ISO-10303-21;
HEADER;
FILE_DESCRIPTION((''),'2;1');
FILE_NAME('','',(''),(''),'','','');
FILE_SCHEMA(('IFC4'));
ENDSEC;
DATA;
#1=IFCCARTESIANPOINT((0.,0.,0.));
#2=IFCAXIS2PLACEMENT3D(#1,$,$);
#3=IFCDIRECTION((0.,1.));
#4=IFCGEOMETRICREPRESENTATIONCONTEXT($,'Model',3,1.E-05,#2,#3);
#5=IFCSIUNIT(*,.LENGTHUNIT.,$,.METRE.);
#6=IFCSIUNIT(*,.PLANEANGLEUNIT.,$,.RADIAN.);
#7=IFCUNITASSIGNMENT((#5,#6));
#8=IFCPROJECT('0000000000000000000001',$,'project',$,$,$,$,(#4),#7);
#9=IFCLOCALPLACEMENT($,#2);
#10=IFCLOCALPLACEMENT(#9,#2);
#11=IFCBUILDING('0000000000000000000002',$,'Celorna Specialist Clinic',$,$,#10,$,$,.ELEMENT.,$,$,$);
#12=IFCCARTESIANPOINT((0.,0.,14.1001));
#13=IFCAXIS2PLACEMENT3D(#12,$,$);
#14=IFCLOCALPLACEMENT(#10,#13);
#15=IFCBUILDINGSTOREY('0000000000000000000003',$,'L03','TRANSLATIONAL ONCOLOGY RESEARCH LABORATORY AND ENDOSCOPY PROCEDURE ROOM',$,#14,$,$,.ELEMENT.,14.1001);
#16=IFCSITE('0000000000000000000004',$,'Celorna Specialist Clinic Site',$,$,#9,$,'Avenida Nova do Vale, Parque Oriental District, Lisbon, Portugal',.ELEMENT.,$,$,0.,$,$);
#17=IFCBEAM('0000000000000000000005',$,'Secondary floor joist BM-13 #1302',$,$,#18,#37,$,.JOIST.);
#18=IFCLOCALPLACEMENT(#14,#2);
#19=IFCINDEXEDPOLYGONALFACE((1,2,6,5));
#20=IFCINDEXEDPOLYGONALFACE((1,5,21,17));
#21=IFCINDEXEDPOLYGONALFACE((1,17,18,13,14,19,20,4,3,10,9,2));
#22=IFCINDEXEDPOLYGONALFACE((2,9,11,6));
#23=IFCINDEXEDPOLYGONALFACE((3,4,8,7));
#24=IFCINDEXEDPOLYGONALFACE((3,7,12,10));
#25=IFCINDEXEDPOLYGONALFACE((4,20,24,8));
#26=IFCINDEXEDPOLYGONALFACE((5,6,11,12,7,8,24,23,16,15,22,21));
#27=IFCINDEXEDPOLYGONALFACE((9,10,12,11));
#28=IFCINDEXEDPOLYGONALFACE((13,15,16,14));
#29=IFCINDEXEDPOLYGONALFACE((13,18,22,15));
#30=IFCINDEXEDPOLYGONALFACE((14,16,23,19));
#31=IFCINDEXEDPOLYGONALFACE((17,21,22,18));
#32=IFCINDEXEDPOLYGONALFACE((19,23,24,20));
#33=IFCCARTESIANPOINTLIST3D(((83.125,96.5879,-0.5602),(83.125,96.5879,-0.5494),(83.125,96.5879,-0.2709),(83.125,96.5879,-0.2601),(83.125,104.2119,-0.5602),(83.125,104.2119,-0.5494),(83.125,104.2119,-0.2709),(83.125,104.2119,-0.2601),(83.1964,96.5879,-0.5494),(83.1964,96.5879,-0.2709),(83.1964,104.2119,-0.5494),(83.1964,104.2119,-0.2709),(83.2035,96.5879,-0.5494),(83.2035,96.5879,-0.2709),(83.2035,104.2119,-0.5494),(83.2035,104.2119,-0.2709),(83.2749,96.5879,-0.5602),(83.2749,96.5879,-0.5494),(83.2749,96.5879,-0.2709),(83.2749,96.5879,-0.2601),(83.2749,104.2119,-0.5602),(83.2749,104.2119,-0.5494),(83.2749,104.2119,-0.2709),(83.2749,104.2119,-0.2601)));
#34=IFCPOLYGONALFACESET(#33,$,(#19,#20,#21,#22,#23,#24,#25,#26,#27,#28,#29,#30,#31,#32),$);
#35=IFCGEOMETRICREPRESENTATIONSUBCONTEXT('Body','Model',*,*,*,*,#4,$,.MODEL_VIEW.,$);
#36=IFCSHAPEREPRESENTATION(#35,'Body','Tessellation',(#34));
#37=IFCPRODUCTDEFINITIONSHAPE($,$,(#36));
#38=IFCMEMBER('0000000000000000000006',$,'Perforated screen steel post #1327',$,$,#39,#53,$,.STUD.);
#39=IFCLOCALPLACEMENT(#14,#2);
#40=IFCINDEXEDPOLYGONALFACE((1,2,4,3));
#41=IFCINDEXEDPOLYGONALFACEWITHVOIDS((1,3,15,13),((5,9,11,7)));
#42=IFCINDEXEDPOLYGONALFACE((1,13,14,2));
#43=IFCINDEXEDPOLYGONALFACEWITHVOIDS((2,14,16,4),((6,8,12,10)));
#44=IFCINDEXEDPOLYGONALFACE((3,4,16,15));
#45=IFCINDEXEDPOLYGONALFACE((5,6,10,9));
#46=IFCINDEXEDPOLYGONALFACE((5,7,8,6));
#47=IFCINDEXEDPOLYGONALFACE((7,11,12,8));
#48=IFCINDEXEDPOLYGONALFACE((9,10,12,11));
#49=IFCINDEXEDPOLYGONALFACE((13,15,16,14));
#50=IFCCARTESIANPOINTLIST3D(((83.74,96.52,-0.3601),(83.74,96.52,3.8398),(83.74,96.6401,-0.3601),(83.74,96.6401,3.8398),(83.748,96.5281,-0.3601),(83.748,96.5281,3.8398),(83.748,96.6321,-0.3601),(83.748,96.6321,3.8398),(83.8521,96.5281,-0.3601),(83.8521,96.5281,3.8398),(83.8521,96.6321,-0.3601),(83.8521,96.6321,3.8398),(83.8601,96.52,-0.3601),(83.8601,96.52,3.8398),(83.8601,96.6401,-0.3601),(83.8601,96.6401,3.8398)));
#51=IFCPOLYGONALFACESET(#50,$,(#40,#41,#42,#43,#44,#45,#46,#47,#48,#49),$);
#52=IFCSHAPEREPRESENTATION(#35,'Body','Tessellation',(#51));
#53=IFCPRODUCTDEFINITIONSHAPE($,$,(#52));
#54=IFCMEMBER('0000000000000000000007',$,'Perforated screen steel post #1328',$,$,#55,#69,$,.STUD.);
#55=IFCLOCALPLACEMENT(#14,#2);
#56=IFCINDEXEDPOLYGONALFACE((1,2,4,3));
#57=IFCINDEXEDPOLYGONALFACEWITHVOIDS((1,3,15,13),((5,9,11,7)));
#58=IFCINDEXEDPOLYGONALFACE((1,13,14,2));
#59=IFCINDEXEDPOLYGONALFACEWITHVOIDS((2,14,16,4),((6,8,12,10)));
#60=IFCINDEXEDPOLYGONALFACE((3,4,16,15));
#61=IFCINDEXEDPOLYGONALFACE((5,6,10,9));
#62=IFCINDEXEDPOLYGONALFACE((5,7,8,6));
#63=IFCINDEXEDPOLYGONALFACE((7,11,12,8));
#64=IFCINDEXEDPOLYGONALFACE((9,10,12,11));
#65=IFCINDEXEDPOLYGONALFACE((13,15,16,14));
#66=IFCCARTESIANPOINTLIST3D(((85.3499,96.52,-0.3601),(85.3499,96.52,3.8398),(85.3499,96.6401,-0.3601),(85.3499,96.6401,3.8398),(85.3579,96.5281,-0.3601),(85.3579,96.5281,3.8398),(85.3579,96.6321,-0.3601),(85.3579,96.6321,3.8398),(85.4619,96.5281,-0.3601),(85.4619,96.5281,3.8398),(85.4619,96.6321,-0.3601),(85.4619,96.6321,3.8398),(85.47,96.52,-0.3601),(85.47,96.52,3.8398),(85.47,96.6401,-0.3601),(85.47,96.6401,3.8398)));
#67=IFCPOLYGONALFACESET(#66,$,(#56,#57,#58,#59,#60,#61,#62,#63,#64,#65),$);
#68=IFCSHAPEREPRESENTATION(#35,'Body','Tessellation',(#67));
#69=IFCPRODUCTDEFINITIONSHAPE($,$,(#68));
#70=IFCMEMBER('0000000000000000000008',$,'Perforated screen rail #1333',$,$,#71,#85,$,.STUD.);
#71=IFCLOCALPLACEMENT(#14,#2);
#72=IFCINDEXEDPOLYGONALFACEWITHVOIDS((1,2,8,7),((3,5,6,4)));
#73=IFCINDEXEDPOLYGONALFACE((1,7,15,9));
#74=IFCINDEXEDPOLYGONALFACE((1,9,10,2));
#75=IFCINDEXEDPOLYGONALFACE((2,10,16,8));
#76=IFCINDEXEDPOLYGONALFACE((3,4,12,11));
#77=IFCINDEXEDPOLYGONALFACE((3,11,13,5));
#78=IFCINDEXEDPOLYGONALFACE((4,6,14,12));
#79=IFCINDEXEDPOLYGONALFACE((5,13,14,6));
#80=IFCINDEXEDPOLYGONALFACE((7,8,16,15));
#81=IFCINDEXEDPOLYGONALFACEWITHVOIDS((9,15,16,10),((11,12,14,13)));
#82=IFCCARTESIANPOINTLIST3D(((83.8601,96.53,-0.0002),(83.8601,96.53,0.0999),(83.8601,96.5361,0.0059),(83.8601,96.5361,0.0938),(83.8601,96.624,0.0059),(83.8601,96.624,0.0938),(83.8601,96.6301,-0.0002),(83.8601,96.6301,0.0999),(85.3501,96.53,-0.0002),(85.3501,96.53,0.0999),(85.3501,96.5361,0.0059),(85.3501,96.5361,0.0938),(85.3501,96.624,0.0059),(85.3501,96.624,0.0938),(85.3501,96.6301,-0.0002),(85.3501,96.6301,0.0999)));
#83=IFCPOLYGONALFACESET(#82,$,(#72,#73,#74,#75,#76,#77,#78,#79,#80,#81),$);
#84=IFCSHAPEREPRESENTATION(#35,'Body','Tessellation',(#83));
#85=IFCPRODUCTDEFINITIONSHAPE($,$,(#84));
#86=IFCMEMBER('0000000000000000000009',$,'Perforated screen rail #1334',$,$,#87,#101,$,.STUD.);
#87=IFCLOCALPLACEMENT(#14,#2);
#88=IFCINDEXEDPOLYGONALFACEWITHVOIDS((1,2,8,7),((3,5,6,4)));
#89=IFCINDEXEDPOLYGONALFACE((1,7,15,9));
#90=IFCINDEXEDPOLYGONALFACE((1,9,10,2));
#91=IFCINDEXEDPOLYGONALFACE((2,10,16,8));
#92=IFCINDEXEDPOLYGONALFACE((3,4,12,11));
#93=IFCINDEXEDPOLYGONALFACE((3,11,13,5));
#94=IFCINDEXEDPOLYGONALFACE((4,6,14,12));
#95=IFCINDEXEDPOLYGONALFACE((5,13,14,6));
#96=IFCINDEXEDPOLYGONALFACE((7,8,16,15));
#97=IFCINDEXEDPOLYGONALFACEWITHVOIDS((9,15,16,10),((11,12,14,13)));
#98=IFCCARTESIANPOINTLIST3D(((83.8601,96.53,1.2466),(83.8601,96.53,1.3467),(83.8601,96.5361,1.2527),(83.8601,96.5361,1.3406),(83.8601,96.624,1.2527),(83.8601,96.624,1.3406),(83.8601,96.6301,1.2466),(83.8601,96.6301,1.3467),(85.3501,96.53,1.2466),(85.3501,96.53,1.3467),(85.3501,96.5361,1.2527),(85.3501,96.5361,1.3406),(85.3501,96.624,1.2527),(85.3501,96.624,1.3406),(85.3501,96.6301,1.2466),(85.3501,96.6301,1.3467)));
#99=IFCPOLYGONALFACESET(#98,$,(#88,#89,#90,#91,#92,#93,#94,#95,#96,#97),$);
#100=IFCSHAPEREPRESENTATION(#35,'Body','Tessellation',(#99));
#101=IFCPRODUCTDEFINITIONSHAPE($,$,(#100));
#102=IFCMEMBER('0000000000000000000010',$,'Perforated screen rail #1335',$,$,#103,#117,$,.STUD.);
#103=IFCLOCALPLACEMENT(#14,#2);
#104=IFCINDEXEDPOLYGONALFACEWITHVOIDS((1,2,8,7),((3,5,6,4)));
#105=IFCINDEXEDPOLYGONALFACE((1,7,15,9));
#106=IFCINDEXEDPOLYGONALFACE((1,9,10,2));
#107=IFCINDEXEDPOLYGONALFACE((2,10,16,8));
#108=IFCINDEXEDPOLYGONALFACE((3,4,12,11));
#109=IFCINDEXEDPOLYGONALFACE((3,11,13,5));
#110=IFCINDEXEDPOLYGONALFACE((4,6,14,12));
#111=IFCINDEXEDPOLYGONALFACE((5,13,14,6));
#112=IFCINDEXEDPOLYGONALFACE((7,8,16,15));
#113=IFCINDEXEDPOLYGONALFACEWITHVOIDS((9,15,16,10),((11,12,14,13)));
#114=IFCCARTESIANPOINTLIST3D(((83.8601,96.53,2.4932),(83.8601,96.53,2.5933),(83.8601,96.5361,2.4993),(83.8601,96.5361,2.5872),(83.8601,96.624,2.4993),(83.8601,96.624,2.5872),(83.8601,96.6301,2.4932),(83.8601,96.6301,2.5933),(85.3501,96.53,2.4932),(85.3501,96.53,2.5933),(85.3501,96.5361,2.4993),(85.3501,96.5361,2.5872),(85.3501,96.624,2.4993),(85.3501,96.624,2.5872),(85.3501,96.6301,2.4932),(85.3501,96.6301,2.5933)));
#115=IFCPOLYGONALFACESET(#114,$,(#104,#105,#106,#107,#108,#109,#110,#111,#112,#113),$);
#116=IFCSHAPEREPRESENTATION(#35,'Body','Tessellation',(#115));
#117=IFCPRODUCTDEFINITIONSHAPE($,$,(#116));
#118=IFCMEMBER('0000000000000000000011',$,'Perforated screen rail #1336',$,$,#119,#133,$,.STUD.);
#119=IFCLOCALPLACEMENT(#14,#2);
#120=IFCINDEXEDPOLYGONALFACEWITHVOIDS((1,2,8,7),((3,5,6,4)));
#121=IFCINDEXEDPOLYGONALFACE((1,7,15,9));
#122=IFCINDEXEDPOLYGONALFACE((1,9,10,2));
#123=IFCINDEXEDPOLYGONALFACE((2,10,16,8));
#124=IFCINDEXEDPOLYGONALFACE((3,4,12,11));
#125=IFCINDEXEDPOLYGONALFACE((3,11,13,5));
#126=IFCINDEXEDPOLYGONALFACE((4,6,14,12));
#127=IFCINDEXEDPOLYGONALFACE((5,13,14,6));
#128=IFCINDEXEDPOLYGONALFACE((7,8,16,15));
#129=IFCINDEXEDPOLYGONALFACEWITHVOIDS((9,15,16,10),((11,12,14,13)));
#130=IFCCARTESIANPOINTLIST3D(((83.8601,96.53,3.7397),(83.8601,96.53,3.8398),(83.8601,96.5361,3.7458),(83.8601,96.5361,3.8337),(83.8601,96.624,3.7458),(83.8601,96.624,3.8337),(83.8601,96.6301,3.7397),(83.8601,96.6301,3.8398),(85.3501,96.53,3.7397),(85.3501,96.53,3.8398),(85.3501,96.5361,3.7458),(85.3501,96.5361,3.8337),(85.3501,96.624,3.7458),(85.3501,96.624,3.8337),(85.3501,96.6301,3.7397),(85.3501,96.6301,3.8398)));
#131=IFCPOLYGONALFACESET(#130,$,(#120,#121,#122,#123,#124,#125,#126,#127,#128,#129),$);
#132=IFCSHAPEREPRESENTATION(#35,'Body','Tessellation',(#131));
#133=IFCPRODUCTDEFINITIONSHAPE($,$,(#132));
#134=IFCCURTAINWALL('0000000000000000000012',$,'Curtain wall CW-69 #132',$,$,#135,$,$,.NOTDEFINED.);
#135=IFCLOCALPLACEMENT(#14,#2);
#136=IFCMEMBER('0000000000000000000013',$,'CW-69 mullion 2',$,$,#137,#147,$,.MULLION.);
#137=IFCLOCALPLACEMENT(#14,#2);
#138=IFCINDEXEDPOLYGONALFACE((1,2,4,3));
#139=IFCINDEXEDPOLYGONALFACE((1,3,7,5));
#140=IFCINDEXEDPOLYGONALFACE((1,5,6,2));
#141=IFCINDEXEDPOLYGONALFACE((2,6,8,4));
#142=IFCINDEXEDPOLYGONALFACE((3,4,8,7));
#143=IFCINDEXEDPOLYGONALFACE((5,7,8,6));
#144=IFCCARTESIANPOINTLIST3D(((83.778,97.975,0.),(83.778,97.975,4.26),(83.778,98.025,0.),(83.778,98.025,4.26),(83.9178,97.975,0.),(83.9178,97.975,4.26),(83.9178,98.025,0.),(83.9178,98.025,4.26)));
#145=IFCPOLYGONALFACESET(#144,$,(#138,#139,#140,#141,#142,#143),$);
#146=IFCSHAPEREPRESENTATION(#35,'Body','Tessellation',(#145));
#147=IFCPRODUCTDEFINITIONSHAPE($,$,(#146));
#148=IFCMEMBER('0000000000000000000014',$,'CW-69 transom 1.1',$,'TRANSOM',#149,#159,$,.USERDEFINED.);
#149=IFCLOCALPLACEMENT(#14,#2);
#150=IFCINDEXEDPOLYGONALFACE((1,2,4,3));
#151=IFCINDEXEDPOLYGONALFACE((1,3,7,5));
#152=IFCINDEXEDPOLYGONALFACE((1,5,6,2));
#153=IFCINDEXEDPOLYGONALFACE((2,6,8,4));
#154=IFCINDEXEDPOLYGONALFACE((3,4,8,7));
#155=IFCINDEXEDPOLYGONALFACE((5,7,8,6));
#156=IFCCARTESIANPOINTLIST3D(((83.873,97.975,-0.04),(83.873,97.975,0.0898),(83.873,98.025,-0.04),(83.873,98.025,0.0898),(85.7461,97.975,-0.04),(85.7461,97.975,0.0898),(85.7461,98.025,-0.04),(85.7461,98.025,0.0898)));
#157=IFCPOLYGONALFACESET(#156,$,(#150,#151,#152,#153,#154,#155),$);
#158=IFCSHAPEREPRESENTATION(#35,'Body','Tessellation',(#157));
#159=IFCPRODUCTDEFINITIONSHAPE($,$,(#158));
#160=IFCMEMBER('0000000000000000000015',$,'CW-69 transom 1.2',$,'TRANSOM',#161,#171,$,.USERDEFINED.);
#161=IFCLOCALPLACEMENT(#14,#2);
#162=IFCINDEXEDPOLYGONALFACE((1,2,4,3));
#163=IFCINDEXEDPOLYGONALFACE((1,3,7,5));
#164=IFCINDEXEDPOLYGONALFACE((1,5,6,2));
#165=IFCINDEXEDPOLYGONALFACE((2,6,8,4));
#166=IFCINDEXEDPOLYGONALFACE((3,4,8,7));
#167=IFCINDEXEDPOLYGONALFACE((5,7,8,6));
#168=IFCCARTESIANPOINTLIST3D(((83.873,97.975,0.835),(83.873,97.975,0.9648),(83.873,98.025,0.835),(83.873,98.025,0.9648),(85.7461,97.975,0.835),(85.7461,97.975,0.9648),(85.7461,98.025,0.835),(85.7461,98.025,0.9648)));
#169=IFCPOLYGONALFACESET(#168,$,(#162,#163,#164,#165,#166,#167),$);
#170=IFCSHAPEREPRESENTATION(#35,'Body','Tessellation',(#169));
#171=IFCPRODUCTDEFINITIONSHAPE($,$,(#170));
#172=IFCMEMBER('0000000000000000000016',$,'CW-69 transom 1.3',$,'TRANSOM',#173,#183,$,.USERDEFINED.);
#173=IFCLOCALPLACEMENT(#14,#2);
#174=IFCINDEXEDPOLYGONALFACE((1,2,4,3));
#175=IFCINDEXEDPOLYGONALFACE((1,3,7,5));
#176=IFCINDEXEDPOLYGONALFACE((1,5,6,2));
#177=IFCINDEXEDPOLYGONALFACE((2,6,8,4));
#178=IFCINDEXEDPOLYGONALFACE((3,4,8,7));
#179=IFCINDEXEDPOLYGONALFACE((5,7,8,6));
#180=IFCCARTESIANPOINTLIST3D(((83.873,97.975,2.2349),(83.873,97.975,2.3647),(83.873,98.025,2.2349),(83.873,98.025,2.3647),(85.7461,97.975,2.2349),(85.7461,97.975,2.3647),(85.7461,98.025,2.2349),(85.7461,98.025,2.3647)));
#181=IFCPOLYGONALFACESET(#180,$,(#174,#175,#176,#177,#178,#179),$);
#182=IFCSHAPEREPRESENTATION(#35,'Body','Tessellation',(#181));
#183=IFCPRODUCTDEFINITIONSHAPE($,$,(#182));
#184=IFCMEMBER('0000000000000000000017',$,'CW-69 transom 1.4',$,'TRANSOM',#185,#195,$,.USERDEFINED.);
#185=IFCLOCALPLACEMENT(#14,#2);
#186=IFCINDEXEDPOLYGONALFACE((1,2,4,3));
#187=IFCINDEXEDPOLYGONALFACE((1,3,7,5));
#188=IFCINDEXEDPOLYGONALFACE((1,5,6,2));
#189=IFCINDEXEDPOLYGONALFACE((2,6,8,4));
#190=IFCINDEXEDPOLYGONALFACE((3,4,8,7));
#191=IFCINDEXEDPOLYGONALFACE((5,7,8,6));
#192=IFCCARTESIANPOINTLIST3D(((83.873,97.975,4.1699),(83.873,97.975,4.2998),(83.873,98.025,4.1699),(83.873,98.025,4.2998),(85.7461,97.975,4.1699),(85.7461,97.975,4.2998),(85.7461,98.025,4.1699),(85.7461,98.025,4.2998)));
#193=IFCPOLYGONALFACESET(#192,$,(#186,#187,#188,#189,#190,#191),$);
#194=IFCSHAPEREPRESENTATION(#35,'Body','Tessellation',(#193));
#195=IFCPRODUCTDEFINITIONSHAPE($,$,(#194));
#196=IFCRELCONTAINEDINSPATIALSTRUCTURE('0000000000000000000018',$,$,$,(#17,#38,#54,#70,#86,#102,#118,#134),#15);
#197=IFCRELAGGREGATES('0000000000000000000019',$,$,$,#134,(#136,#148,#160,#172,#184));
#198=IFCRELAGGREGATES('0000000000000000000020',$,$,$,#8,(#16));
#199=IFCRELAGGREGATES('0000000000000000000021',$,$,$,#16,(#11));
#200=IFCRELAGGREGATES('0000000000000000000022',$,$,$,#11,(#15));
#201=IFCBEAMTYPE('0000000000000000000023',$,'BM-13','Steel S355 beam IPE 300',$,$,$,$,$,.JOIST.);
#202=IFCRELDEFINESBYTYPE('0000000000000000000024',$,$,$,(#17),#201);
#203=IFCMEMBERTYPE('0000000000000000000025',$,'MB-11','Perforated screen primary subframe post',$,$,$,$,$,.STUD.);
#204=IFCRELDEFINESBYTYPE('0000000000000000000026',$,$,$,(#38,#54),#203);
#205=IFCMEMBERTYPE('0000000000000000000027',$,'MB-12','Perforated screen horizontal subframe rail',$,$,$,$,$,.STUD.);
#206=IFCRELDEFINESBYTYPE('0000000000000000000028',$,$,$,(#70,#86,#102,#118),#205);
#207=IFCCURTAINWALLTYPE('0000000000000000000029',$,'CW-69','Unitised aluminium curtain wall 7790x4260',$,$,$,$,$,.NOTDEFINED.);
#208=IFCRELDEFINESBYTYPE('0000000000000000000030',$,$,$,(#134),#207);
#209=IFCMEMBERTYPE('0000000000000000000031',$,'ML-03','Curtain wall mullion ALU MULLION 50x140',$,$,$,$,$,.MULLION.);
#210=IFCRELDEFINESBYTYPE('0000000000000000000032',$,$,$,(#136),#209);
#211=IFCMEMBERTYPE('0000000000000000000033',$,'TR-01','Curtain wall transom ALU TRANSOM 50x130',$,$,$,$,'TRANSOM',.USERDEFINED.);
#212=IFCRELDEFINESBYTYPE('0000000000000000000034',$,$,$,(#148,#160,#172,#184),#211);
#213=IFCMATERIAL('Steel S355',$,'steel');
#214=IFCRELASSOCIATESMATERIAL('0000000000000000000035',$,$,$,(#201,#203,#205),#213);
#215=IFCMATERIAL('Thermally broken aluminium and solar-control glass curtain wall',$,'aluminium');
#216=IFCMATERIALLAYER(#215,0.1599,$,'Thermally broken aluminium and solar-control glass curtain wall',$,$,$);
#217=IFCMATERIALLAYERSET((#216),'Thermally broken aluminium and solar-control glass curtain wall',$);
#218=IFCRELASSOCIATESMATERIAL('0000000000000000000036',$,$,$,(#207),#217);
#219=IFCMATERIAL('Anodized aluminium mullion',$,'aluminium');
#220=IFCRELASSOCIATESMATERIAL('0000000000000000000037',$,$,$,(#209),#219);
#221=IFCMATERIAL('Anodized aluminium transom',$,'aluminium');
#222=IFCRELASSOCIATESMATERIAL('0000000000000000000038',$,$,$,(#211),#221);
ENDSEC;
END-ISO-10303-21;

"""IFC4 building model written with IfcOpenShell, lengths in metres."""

from ifc_helpers import new_model, si_unit, direction, frame, origin, origin_2d, place, context, subcontext, project, spatial, rectangle, hollow_rectangle, i_section, extrude, material, layer, layer_set, material_profile, profile_set, type_object, element, aggregate, save


model = new_model("IFC4")

# Units and contexts
model_context = context("Model", 3, precision=1e-05, world=origin(), true_north=direction((0.0, 1.0)))
body_context = subcontext(model_context, "Body", "Model", "MODEL_VIEW")
ifc_project = project(units=[si_unit("LENGTHUNIT", "METRE"), si_unit("PLANEANGLEUNIT", "RADIAN")], contexts=[model_context])

# Site, building, storey
site_placement = place(None, origin())
site = spatial("IfcSite", under=ifc_project, at=site_placement, Name="Celorna Specialist Clinic Site", LongName="Avenida Nova do Vale, Parque Oriental District, Lisbon, Portugal", CompositionType="ELEMENT", RefElevation=0.0)
building_placement = place(site_placement, origin())
building = spatial("IfcBuilding", under=site, at=building_placement, Name="Celorna Specialist Clinic", CompositionType="ELEMENT")
storey_placement = place(building_placement, frame((0.0, 0.0, 14.1001)))
storey = spatial("IfcBuildingStorey", under=building, at=storey_placement, Name="L03", Description="TRANSLATIONAL ONCOLOGY RESEARCH LABORATORY AND ENDOSCOPY PROCEDURE ROOM", CompositionType="ELEMENT", Elevation=14.1001)

# Beam
ifc_material_1 = material(Name="Steel S355", Category="steel")
ifc_material_profile_1 = material_profile(ifc_material_1, i_section(OverallWidth=0.1499, OverallDepth=0.3, WebThickness=0.0071, FlangeThickness=0.0107, at=origin_2d()), Name="IPE 300")
ifc_profile_set_1 = profile_set([ifc_material_profile_1], Name="Steel S355")
beam_type = type_object("IfcBeamType", Name="BM-13", Description="Steel S355 beam IPE 300", PredefinedType="JOIST", material=ifc_profile_set_1)
beam_placement = place(storey_placement, frame((83.2, 96.5879, -0.4102), z_axis=(0.0, 1.0, 0.0), x_axis=(-1.0, 0.0, 0.0)))
element("IfcBeam", 1, at=beam_placement, inside=storey, type_object=beam_type, Name="Secondary floor joist BM-13 #1302", PredefinedType="JOIST", context=body_context, shape_type="SweptSolid", body=[
    extrude(i_section(OverallWidth=0.1499, OverallDepth=0.3, WebThickness=0.0071, FlangeThickness=0.0107, at=origin_2d()), origin(), (0.0, 0.0, 1.0), 7.624),
])

# Members
ifc_material_profile_2 = material_profile(ifc_material_1, hollow_rectangle(XDim=0.1201, YDim=0.1201, WallThickness=0.0081, at=origin_2d()), Name="SHS 120x120x8")
ifc_profile_set_2 = profile_set([ifc_material_profile_2], Name="Steel S355")
member_type_1 = type_object("IfcMemberType", Name="MB-11", Description="Perforated screen primary subframe post", PredefinedType="STUD", material=ifc_profile_set_2)
for number, where, z_axis, x_axis, name in (
    (2, (83.8, 96.5801, -0.3601), (0.0, 0.0, 1.0), (1.0, 0.0, 0.0), "Perforated screen steel post #1327"),
    (3, (85.4099, 96.5801, -0.3601), (0.0, 0.0, 1.0), (1.0, 0.0, 0.0), "Perforated screen steel post #1328"),
):
    element("IfcMember", number, at=place(storey_placement, frame(where, z_axis=z_axis, x_axis=x_axis)), inside=storey, type_object=member_type_1, Name=name, PredefinedType="STUD", context=body_context, shape_type="SweptSolid", body=[
        extrude(hollow_rectangle(XDim=0.1201, YDim=0.1201, WallThickness=0.0081, at=origin_2d()), origin(), (0.0, 0.0, 1.0), 4.2),
    ])
ifc_material_profile_3 = material_profile(ifc_material_1, hollow_rectangle(XDim=0.1001, YDim=0.1001, WallThickness=0.0061, at=origin_2d()), Name="SHS 100x100x6")
ifc_profile_set_3 = profile_set([ifc_material_profile_3], Name="Steel S355")
member_type_2 = type_object("IfcMemberType", Name="MB-12", Description="Perforated screen horizontal subframe rail", PredefinedType="STUD", material=ifc_profile_set_3)
for number, where, z_axis, x_axis, name in (
    (4, (83.8601, 96.5801, 0.0498), (1.0, 0.0, 0.0), (0.0, 1.0, 0.0), "Perforated screen rail #1333"),
    (5, (83.8601, 96.5801, 1.2966), (1.0, 0.0, 0.0), (0.0, 1.0, 0.0), "Perforated screen rail #1334"),
    (6, (83.8601, 96.5801, 2.5432), (1.0, 0.0, 0.0), (0.0, 1.0, 0.0), "Perforated screen rail #1335"),
    (7, (83.8601, 96.5801, 3.7898), (1.0, 0.0, 0.0), (0.0, 1.0, 0.0), "Perforated screen rail #1336"),
):
    element("IfcMember", number, at=place(storey_placement, frame(where, z_axis=z_axis, x_axis=x_axis)), inside=storey, type_object=member_type_2, Name=name, PredefinedType="STUD", context=body_context, shape_type="SweptSolid", body=[
        extrude(hollow_rectangle(XDim=0.1001, YDim=0.1001, WallThickness=0.0061, at=origin_2d()), origin(), (0.0, 0.0, 1.0), 1.49),
    ])

# Curtain wall, members
ifc_material_2 = material(Name="Thermally broken aluminium and solar-control glass curtain wall", Category="aluminium")
ifc_layer_1 = layer(ifc_material_2, 0.1599, Name="Thermally broken aluminium and solar-control glass curtain wall")
ifc_layer_set_1 = layer_set([ifc_layer_1], Name="Thermally broken aluminium and solar-control glass curtain wall")
curtain_wall_type = type_object("IfcCurtainWallType", Name="CW-69", Description="Unitised aluminium curtain wall 7790x4260", PredefinedType="NOTDEFINED", material=ifc_layer_set_1)
curtain_wall_placement = place(storey_placement, origin())
curtain_wall = element("IfcCurtainWall", 8, at=curtain_wall_placement, inside=storey, type_object=curtain_wall_type, Name="Curtain wall CW-69 #132", PredefinedType="NOTDEFINED")
ifc_material_3 = material(Name="Anodized aluminium mullion", Category="aluminium")
ifc_material_profile_4 = material_profile(ifc_material_3, rectangle(XDim=0.05, YDim=0.1399, at=origin_2d()), Name="ALU MULLION 50x140")
ifc_profile_set_4 = profile_set([ifc_material_profile_4], Name="Anodized aluminium mullion")
member_type_3 = type_object("IfcMemberType", Name="ML-03", Description="Curtain wall mullion ALU MULLION 50x140", PredefinedType="MULLION", material=ifc_profile_set_4)
member_1_placement = place(storey_placement, frame((83.8479, 98.0, 0.0), z_axis=(0.0, 0.0, 1.0), x_axis=(0.0, -1.0, 0.0)))
member_1 = element("IfcMember", 9, at=member_1_placement, type_object=member_type_3, Name="CW-69 mullion 2", PredefinedType="MULLION", context=body_context, shape_type="SweptSolid", body=[
    extrude(rectangle(XDim=0.05, YDim=0.1399, at=origin_2d()), origin(), (0.0, 0.0, 1.0), 4.26),
])
ifc_material_4 = material(Name="Anodized aluminium transom", Category="aluminium")
ifc_material_profile_5 = material_profile(ifc_material_4, rectangle(XDim=0.05, YDim=0.1299, at=origin_2d()), Name="ALU TRANSOM 50x130")
ifc_profile_set_5 = profile_set([ifc_material_profile_5], Name="Anodized aluminium transom")
member_type_4 = type_object("IfcMemberType", Name="TR-01", Description="Curtain wall transom ALU TRANSOM 50x130", ElementType="TRANSOM", PredefinedType="USERDEFINED", material=ifc_profile_set_5)
member_2_placement = place(storey_placement, frame((85.7461, 98.0, 0.0249), z_axis=(-1.0, 0.0, 0.0), x_axis=(0.0, -1.0, 0.0)))
member_2 = element("IfcMember", 10, at=member_2_placement, type_object=member_type_4, Name="CW-69 transom 1.1", ObjectType="TRANSOM", PredefinedType="USERDEFINED", context=body_context, shape_type="SweptSolid", body=[
    extrude(rectangle(XDim=0.05, YDim=0.1299, at=origin_2d()), origin(), (0.0, 0.0, 1.0), 1.873),
])
member_3_placement = place(storey_placement, frame((85.7461, 98.0, 0.8999), z_axis=(-1.0, 0.0, 0.0), x_axis=(0.0, -1.0, 0.0)))
member_3 = element("IfcMember", 11, at=member_3_placement, type_object=member_type_4, Name="CW-69 transom 1.2", ObjectType="TRANSOM", PredefinedType="USERDEFINED", context=body_context, shape_type="SweptSolid", body=[
    extrude(rectangle(XDim=0.05, YDim=0.1299, at=origin_2d()), origin(), (0.0, 0.0, 1.0), 1.873),
])
member_4_placement = place(storey_placement, frame((85.7461, 98.0, 2.2998), z_axis=(-1.0, 0.0, 0.0), x_axis=(0.0, -1.0, 0.0)))
member_4 = element("IfcMember", 12, at=member_4_placement, type_object=member_type_4, Name="CW-69 transom 1.3", ObjectType="TRANSOM", PredefinedType="USERDEFINED", context=body_context, shape_type="SweptSolid", body=[
    extrude(rectangle(XDim=0.05, YDim=0.1299, at=origin_2d()), origin(), (0.0, 0.0, 1.0), 1.873),
])
member_5_placement = place(storey_placement, frame((85.7461, 98.0, 4.2349), z_axis=(-1.0, 0.0, 0.0), x_axis=(0.0, -1.0, 0.0)))
member_5 = element("IfcMember", 13, at=member_5_placement, type_object=member_type_4, Name="CW-69 transom 1.4", ObjectType="TRANSOM", PredefinedType="USERDEFINED", context=body_context, shape_type="SweptSolid", body=[
    extrude(rectangle(XDim=0.05, YDim=0.1299, at=origin_2d()), origin(), (0.0, 0.0, 1.0), 1.873),
])
aggregate(curtain_wall, [member_1, member_2, member_3, member_4, member_5])

save(model, "model.ifc")
